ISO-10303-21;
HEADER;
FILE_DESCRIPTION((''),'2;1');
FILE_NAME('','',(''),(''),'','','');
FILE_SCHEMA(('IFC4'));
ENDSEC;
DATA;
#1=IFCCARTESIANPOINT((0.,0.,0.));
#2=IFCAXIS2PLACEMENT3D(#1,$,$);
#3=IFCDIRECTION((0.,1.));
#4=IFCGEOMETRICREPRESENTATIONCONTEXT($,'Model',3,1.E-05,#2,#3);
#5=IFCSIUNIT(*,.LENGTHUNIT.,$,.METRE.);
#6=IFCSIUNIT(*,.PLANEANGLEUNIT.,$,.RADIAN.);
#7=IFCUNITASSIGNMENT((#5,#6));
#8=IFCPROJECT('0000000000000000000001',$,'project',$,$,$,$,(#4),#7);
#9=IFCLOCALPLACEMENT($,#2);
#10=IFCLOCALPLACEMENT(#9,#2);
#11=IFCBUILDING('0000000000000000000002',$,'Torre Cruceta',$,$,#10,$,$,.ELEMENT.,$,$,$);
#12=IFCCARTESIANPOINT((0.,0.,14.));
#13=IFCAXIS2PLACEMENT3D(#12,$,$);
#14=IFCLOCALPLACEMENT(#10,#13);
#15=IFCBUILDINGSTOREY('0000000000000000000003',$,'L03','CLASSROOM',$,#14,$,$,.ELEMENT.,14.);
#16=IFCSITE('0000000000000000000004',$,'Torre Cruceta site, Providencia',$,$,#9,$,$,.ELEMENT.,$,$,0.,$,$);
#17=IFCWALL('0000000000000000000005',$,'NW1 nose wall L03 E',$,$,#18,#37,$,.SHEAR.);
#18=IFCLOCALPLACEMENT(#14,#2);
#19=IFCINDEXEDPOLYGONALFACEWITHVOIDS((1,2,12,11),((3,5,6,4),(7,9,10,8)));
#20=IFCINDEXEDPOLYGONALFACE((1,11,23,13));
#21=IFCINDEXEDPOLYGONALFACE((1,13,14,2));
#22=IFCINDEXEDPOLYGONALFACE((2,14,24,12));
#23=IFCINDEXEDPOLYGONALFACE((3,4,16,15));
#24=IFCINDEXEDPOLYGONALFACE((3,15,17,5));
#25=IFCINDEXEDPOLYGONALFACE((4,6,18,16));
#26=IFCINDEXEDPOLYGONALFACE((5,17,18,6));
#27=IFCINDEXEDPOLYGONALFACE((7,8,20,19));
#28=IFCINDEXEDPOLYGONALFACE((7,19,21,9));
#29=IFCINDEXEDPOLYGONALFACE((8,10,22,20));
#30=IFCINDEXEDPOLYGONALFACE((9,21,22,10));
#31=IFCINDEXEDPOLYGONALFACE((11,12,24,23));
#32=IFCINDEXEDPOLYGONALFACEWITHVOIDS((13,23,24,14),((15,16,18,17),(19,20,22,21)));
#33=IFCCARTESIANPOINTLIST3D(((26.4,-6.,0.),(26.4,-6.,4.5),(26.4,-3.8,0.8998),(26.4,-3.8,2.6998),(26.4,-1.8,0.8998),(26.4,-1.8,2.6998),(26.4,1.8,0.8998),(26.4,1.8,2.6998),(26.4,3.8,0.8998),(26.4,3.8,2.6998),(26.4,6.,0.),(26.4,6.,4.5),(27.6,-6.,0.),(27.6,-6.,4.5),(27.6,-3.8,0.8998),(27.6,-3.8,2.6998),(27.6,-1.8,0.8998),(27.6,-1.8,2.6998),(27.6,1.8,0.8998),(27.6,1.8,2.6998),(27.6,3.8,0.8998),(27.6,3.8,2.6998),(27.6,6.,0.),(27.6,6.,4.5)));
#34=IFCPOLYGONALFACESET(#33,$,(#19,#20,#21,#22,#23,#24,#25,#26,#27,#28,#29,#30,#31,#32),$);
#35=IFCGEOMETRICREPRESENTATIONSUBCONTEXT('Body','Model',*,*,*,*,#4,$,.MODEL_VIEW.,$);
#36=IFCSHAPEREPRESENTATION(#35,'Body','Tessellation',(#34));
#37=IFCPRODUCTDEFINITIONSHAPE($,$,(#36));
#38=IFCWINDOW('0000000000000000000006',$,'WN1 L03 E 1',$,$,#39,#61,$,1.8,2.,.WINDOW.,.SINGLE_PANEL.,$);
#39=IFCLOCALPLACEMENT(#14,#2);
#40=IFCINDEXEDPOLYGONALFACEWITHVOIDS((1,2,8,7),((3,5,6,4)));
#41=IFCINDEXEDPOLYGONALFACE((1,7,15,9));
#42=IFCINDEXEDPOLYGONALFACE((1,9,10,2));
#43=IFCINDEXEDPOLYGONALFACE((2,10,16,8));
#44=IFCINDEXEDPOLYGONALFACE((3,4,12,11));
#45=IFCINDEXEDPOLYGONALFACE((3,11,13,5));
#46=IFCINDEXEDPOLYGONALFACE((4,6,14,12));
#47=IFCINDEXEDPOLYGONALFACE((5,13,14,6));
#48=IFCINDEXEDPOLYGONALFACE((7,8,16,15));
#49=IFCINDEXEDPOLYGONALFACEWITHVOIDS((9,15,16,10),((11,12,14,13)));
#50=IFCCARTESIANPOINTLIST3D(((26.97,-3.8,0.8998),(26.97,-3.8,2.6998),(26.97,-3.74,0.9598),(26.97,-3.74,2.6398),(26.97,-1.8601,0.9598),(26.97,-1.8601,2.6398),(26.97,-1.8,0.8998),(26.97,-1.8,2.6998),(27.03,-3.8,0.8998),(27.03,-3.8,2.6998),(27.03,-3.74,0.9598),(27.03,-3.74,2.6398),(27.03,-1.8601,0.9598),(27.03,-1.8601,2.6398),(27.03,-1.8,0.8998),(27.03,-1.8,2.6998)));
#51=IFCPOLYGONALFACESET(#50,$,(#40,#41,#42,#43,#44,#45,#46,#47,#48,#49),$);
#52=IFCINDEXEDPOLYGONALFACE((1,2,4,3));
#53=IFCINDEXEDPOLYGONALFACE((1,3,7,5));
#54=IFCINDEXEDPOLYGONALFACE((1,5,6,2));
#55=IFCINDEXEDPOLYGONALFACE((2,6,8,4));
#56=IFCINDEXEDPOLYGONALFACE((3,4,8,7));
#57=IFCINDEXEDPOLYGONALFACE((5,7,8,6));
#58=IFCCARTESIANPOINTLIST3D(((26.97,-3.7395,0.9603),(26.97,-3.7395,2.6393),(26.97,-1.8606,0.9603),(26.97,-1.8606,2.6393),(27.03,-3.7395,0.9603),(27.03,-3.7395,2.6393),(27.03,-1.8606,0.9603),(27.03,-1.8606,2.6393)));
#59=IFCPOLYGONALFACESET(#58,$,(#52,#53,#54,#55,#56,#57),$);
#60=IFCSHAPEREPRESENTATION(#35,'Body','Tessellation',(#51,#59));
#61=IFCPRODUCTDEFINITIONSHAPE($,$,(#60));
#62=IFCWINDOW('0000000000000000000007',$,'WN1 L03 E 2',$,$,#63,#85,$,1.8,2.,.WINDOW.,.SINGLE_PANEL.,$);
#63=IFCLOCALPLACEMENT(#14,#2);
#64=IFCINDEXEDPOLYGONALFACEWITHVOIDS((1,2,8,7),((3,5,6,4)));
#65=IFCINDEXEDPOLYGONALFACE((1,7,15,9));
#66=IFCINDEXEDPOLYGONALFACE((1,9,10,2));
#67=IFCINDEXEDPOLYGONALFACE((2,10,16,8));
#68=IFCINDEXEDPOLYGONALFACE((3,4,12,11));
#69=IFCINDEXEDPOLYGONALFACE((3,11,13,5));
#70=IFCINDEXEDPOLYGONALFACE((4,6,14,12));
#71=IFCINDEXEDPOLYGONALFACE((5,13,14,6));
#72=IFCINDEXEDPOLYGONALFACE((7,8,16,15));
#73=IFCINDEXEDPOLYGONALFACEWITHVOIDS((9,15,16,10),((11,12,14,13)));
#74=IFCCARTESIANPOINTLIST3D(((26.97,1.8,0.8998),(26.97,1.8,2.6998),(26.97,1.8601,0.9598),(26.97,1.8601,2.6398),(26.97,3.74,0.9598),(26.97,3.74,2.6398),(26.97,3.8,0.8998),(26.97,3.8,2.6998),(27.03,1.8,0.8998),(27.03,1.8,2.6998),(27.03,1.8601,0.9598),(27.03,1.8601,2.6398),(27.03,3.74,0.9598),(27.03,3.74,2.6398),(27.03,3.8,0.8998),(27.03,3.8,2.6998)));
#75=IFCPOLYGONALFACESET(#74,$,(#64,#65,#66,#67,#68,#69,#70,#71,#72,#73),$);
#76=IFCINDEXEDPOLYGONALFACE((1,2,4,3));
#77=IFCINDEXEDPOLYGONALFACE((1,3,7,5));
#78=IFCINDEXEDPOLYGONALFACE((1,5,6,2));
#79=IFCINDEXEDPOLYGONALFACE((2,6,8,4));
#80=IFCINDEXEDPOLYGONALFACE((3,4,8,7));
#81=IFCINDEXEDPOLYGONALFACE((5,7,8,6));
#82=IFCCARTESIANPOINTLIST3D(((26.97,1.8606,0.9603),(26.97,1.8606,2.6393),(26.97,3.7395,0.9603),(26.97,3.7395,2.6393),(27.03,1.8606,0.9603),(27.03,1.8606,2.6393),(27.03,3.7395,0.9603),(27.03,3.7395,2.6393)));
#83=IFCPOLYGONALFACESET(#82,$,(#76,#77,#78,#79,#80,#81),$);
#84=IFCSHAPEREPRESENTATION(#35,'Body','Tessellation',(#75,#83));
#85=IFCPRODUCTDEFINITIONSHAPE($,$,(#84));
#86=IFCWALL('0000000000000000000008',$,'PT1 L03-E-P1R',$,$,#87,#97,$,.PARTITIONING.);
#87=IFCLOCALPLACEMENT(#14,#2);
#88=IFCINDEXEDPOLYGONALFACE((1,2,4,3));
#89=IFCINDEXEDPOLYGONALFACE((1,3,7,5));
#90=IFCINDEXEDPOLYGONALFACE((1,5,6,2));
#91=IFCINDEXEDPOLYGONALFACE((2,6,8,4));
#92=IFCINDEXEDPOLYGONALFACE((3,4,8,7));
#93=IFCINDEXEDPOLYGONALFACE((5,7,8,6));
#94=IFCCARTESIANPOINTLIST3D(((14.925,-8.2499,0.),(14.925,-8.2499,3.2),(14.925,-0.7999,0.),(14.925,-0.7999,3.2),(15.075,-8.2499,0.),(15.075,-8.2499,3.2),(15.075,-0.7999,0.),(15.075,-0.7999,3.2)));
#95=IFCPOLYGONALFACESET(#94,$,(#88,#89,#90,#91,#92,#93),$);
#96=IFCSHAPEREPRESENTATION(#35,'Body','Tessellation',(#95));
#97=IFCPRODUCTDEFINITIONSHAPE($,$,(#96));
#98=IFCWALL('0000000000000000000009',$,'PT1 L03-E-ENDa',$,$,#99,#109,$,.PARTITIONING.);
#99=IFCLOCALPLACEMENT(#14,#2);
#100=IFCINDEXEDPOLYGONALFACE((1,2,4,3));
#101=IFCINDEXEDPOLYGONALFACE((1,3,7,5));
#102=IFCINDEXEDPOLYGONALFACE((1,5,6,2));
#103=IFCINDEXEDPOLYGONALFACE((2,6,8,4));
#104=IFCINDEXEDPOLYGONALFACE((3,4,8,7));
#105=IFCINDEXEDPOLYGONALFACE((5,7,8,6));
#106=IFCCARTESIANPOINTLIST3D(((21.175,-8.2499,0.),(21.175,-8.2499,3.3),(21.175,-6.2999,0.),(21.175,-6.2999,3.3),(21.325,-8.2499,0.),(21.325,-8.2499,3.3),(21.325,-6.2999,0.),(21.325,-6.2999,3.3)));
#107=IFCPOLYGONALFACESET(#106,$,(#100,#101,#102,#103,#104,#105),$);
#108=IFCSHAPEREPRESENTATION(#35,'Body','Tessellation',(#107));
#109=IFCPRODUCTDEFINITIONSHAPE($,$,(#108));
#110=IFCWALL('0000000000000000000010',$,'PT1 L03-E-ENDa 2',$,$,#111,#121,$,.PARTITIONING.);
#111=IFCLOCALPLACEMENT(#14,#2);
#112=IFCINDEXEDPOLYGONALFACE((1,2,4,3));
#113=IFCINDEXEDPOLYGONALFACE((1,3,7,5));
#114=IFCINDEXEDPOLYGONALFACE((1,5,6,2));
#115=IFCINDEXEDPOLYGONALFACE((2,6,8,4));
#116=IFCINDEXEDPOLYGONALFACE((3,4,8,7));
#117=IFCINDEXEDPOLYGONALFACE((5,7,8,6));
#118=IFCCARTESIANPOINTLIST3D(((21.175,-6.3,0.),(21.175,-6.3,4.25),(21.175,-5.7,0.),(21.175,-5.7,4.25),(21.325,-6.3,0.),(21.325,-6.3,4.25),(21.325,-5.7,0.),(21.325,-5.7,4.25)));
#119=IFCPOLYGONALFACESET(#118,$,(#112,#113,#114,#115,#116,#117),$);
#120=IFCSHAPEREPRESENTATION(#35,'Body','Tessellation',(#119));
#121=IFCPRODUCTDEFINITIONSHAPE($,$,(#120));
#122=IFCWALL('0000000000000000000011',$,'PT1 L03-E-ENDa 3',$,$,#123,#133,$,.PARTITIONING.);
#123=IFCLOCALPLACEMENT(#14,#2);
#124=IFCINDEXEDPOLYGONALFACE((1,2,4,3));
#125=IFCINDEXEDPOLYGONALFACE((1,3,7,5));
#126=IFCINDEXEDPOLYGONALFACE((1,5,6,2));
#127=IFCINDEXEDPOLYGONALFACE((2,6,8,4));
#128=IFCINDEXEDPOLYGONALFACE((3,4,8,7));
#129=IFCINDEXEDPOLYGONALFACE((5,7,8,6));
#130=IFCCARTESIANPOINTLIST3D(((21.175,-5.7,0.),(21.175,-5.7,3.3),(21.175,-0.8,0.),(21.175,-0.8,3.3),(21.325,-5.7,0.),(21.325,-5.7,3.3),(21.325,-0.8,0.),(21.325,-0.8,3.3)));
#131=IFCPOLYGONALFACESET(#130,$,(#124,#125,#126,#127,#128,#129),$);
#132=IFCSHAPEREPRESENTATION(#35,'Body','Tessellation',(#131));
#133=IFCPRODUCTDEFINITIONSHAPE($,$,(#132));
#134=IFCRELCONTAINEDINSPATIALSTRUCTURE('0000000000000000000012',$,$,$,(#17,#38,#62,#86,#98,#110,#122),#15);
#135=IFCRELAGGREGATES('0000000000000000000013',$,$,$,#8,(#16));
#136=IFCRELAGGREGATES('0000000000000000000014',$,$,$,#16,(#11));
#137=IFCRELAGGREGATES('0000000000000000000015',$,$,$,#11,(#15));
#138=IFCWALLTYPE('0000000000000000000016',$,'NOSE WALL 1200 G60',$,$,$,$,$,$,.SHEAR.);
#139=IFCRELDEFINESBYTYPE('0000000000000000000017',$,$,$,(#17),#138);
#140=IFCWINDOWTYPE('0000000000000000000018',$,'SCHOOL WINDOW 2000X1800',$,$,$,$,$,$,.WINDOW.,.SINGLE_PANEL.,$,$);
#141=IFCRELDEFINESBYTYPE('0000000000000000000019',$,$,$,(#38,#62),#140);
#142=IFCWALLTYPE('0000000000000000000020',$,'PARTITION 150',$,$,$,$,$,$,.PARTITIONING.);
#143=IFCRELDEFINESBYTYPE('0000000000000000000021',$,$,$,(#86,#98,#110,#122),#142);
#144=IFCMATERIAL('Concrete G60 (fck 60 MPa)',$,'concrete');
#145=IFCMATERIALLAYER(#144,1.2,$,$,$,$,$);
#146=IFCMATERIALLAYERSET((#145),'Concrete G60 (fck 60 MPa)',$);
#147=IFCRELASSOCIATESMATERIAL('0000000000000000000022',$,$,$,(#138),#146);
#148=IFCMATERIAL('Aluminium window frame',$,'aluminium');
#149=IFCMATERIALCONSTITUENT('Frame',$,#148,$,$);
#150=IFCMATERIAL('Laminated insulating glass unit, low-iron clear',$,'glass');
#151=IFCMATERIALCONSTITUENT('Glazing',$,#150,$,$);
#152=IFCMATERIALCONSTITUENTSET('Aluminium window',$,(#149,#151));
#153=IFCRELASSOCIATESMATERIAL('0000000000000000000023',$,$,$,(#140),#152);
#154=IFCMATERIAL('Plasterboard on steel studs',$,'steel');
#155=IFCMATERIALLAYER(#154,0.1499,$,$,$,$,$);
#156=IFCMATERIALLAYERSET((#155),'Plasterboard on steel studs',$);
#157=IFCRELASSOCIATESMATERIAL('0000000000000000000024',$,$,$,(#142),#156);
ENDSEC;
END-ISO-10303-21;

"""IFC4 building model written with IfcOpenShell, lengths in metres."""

from ifc_helpers import new_model, si_unit, direction, frame, frame_2d, origin, place, context, subcontext, project, spatial, rectangle, hollow_rectangle, extrude, material, layer, layer_set, constituent, constituent_set, type_object, element, fill, save


model = new_model("IFC4")

# Units and contexts
model_context = context("Model", 3, precision=1e-05, world=origin(), true_north=direction((0.0, 1.0)))
body_context = subcontext(model_context, "Body", "Model", "MODEL_VIEW")
ifc_project = project(units=[si_unit("LENGTHUNIT", "METRE"), si_unit("PLANEANGLEUNIT", "RADIAN")], contexts=[model_context])

# Site, building, storey
site_placement = place(None, origin())
site = spatial("IfcSite", under=ifc_project, at=site_placement, Name="Torre Cruceta site, Providencia", CompositionType="ELEMENT", RefElevation=0.0)
building_placement = place(site_placement, origin())
building = spatial("IfcBuilding", under=site, at=building_placement, Name="Torre Cruceta", CompositionType="ELEMENT")
storey_placement = place(building_placement, frame((0.0, 0.0, 14.0)))
storey = spatial("IfcBuildingStorey", under=building, at=storey_placement, Name="L03", Description="CLASSROOM", CompositionType="ELEMENT", Elevation=14.0)

# Wall, openings, windows
ifc_material_1 = material(Name="Concrete G60 (fck 60 MPa)", Category="concrete")
ifc_layer_1 = layer(ifc_material_1, 1.2)
ifc_layer_set_1 = layer_set([ifc_layer_1], Name="Concrete G60 (fck 60 MPa)")
wall_type_1 = type_object("IfcWallType", Name="NOSE WALL 1200 G60", PredefinedType="SHEAR", material=ifc_layer_set_1)
wall_1_placement = place(storey_placement, frame((27.0, -6.0, 0.0), z_axis=(0.0, 0.0, 1.0), x_axis=(0.0, 1.0, 0.0)))
wall_1 = element("IfcWall", 1, at=wall_1_placement, inside=storey, type_object=wall_type_1, Name="NW1 nose wall L03 E", PredefinedType="SHEAR", context=body_context, shape_type="SweptSolid", body=[
    extrude(rectangle(XDim=12.0, YDim=1.2, at=frame_2d((6.0, 0.0))), origin(), (0.0, 0.0, 1.0), 4.5),
])
opening_1_placement = place(wall_1_placement, frame((2.2, 0.0, 0.8999)))
opening_1 = element("IfcOpeningElement", 2, at=opening_1_placement, cuts=wall_1, PredefinedType="OPENING", context=body_context, shape_type="SweptSolid", body=[
    extrude(rectangle(XDim=2.0, YDim=1.8, at=frame_2d((1.0, 0.8999))), frame((0.0, 0.6099, 0.0), z_axis=(0.0, -1.0, 0.0), x_axis=(1.0, 0.0, 0.0)), (0.0, 0.0, 1.0), 1.22),
])
opening_2_placement = place(wall_1_placement, frame((7.8, 0.0, 0.8999)))
opening_2 = element("IfcOpeningElement", 3, at=opening_2_placement, cuts=wall_1, PredefinedType="OPENING", context=body_context, shape_type="SweptSolid", body=[
    extrude(rectangle(XDim=2.0, YDim=1.8, at=frame_2d((1.0, 0.8999))), frame((0.0, 0.6099, 0.0), z_axis=(0.0, -1.0, 0.0), x_axis=(1.0, 0.0, 0.0)), (0.0, 0.0, 1.0), 1.22),
])
ifc_material_2 = material(Name="Aluminium window frame", Category="aluminium")
ifc_constituent_1 = constituent(ifc_material_2, Name="Frame")
ifc_material_3 = material(Name="Laminated insulating glass unit, low-iron clear", Category="glass")
ifc_constituent_2 = constituent(ifc_material_3, Name="Glazing")
ifc_constituent_set_1 = constituent_set(constituents=[ifc_constituent_1, ifc_constituent_2], Name="Aluminium window")
window_type = type_object("IfcWindowType", Name="SCHOOL WINDOW 2000X1800", PartitioningType="SINGLE_PANEL", PredefinedType="WINDOW", material=ifc_constituent_set_1)
window_1_placement = place(opening_1_placement, origin())
window_1 = element("IfcWindow", 4, at=window_1_placement, inside=storey, type_object=window_type, Name="WN1 L03 E 1", OverallHeight=1.8, OverallWidth=2.0, PartitioningType="SINGLE_PANEL", PredefinedType="WINDOW", context=body_context, shape_type="SweptSolid", body=[
    extrude(hollow_rectangle(XDim=2.0, YDim=1.8, WallThickness=0.0601, at=frame_2d((1.0, 0.8999))), frame((0.0, 0.03, 0.0), z_axis=(0.0, -1.0, 0.0), x_axis=(1.0, 0.0, 0.0)), (0.0, 0.0, 1.0), 0.0601),
    extrude(rectangle(XDim=1.8789, YDim=1.679, at=frame_2d((1.0, 0.8999))), frame((0.0, 0.03, 0.0), z_axis=(0.0, -1.0, 0.0), x_axis=(1.0, 0.0, 0.0)), (0.0, 0.0, 1.0), 0.0601),
])
fill(opening_1, window_1)
window_2_placement = place(opening_2_placement, origin())
window_2 = element("IfcWindow", 5, at=window_2_placement, inside=storey, type_object=window_type, Name="WN1 L03 E 2", OverallHeight=1.8, OverallWidth=2.0, PartitioningType="SINGLE_PANEL", PredefinedType="WINDOW", context=body_context, shape_type="SweptSolid", body=[
    extrude(hollow_rectangle(XDim=2.0, YDim=1.8, WallThickness=0.0601, at=frame_2d((1.0, 0.8999))), frame((0.0, 0.03, 0.0), z_axis=(0.0, -1.0, 0.0), x_axis=(1.0, 0.0, 0.0)), (0.0, 0.0, 1.0), 0.0601),
    extrude(rectangle(XDim=1.8789, YDim=1.679, at=frame_2d((1.0, 0.8999))), frame((0.0, 0.03, 0.0), z_axis=(0.0, -1.0, 0.0), x_axis=(1.0, 0.0, 0.0)), (0.0, 0.0, 1.0), 0.0601),
])
fill(opening_2, window_2)

# Walls
ifc_material_4 = material(Name="Plasterboard on steel studs", Category="steel")
ifc_layer_2 = layer(ifc_material_4, 0.1499)
ifc_layer_set_2 = layer_set([ifc_layer_2], Name="Plasterboard on steel studs")
wall_type_2 = type_object("IfcWallType", Name="PARTITION 150", PredefinedType="PARTITIONING", material=ifc_layer_set_2)
wall_2_placement = place(storey_placement, frame((15.0, -8.25, 0.0), z_axis=(0.0, 0.0, 1.0), x_axis=(0.0, 1.0, 0.0)))
element("IfcWall", 6, at=wall_2_placement, inside=storey, type_object=wall_type_2, Name="PT1 L03-E-P1R", PredefinedType="PARTITIONING", context=body_context, shape_type="SweptSolid", body=[
    extrude(rectangle(XDim=7.45, YDim=0.1499, at=frame_2d((3.7251, 0.0))), origin(), (0.0, 0.0, 1.0), 3.2),
])
wall_3_placement = place(storey_placement, frame((21.25, -8.25, 0.0), z_axis=(0.0, 0.0, 1.0), x_axis=(0.0, 1.0, 0.0)))
element("IfcWall", 7, at=wall_3_placement, inside=storey, type_object=wall_type_2, Name="PT1 L03-E-ENDa", PredefinedType="PARTITIONING", context=body_context, shape_type="SweptSolid", body=[
    extrude(rectangle(XDim=1.95, YDim=0.1499, at=frame_2d((0.9751, 0.0))), origin(), (0.0, 0.0, 1.0), 3.3),
])
wall_4_placement = place(storey_placement, frame((21.25, -6.3, 0.0), z_axis=(0.0, 0.0, 1.0), x_axis=(0.0, 1.0, 0.0)))
element("IfcWall", 8, at=wall_4_placement, inside=storey, type_object=wall_type_2, Name="PT1 L03-E-ENDa 2", PredefinedType="PARTITIONING", context=body_context, shape_type="SweptSolid", body=[
    extrude(rectangle(XDim=0.6001, YDim=0.1499, at=frame_2d((0.3, 0.0))), origin(), (0.0, 0.0, 1.0), 4.25),
])
wall_5_placement = place(storey_placement, frame((21.25, -5.7, 0.0), z_axis=(0.0, 0.0, 1.0), x_axis=(0.0, 1.0, 0.0)))
element("IfcWall", 9, at=wall_5_placement, inside=storey, type_object=wall_type_2, Name="PT1 L03-E-ENDa 3", PredefinedType="PARTITIONING", context=body_context, shape_type="SweptSolid", body=[
    extrude(rectangle(XDim=4.8999, YDim=0.1499, at=frame_2d((2.45, 0.0))), origin(), (0.0, 0.0, 1.0), 3.3),
])

save(model, "model.ifc")
